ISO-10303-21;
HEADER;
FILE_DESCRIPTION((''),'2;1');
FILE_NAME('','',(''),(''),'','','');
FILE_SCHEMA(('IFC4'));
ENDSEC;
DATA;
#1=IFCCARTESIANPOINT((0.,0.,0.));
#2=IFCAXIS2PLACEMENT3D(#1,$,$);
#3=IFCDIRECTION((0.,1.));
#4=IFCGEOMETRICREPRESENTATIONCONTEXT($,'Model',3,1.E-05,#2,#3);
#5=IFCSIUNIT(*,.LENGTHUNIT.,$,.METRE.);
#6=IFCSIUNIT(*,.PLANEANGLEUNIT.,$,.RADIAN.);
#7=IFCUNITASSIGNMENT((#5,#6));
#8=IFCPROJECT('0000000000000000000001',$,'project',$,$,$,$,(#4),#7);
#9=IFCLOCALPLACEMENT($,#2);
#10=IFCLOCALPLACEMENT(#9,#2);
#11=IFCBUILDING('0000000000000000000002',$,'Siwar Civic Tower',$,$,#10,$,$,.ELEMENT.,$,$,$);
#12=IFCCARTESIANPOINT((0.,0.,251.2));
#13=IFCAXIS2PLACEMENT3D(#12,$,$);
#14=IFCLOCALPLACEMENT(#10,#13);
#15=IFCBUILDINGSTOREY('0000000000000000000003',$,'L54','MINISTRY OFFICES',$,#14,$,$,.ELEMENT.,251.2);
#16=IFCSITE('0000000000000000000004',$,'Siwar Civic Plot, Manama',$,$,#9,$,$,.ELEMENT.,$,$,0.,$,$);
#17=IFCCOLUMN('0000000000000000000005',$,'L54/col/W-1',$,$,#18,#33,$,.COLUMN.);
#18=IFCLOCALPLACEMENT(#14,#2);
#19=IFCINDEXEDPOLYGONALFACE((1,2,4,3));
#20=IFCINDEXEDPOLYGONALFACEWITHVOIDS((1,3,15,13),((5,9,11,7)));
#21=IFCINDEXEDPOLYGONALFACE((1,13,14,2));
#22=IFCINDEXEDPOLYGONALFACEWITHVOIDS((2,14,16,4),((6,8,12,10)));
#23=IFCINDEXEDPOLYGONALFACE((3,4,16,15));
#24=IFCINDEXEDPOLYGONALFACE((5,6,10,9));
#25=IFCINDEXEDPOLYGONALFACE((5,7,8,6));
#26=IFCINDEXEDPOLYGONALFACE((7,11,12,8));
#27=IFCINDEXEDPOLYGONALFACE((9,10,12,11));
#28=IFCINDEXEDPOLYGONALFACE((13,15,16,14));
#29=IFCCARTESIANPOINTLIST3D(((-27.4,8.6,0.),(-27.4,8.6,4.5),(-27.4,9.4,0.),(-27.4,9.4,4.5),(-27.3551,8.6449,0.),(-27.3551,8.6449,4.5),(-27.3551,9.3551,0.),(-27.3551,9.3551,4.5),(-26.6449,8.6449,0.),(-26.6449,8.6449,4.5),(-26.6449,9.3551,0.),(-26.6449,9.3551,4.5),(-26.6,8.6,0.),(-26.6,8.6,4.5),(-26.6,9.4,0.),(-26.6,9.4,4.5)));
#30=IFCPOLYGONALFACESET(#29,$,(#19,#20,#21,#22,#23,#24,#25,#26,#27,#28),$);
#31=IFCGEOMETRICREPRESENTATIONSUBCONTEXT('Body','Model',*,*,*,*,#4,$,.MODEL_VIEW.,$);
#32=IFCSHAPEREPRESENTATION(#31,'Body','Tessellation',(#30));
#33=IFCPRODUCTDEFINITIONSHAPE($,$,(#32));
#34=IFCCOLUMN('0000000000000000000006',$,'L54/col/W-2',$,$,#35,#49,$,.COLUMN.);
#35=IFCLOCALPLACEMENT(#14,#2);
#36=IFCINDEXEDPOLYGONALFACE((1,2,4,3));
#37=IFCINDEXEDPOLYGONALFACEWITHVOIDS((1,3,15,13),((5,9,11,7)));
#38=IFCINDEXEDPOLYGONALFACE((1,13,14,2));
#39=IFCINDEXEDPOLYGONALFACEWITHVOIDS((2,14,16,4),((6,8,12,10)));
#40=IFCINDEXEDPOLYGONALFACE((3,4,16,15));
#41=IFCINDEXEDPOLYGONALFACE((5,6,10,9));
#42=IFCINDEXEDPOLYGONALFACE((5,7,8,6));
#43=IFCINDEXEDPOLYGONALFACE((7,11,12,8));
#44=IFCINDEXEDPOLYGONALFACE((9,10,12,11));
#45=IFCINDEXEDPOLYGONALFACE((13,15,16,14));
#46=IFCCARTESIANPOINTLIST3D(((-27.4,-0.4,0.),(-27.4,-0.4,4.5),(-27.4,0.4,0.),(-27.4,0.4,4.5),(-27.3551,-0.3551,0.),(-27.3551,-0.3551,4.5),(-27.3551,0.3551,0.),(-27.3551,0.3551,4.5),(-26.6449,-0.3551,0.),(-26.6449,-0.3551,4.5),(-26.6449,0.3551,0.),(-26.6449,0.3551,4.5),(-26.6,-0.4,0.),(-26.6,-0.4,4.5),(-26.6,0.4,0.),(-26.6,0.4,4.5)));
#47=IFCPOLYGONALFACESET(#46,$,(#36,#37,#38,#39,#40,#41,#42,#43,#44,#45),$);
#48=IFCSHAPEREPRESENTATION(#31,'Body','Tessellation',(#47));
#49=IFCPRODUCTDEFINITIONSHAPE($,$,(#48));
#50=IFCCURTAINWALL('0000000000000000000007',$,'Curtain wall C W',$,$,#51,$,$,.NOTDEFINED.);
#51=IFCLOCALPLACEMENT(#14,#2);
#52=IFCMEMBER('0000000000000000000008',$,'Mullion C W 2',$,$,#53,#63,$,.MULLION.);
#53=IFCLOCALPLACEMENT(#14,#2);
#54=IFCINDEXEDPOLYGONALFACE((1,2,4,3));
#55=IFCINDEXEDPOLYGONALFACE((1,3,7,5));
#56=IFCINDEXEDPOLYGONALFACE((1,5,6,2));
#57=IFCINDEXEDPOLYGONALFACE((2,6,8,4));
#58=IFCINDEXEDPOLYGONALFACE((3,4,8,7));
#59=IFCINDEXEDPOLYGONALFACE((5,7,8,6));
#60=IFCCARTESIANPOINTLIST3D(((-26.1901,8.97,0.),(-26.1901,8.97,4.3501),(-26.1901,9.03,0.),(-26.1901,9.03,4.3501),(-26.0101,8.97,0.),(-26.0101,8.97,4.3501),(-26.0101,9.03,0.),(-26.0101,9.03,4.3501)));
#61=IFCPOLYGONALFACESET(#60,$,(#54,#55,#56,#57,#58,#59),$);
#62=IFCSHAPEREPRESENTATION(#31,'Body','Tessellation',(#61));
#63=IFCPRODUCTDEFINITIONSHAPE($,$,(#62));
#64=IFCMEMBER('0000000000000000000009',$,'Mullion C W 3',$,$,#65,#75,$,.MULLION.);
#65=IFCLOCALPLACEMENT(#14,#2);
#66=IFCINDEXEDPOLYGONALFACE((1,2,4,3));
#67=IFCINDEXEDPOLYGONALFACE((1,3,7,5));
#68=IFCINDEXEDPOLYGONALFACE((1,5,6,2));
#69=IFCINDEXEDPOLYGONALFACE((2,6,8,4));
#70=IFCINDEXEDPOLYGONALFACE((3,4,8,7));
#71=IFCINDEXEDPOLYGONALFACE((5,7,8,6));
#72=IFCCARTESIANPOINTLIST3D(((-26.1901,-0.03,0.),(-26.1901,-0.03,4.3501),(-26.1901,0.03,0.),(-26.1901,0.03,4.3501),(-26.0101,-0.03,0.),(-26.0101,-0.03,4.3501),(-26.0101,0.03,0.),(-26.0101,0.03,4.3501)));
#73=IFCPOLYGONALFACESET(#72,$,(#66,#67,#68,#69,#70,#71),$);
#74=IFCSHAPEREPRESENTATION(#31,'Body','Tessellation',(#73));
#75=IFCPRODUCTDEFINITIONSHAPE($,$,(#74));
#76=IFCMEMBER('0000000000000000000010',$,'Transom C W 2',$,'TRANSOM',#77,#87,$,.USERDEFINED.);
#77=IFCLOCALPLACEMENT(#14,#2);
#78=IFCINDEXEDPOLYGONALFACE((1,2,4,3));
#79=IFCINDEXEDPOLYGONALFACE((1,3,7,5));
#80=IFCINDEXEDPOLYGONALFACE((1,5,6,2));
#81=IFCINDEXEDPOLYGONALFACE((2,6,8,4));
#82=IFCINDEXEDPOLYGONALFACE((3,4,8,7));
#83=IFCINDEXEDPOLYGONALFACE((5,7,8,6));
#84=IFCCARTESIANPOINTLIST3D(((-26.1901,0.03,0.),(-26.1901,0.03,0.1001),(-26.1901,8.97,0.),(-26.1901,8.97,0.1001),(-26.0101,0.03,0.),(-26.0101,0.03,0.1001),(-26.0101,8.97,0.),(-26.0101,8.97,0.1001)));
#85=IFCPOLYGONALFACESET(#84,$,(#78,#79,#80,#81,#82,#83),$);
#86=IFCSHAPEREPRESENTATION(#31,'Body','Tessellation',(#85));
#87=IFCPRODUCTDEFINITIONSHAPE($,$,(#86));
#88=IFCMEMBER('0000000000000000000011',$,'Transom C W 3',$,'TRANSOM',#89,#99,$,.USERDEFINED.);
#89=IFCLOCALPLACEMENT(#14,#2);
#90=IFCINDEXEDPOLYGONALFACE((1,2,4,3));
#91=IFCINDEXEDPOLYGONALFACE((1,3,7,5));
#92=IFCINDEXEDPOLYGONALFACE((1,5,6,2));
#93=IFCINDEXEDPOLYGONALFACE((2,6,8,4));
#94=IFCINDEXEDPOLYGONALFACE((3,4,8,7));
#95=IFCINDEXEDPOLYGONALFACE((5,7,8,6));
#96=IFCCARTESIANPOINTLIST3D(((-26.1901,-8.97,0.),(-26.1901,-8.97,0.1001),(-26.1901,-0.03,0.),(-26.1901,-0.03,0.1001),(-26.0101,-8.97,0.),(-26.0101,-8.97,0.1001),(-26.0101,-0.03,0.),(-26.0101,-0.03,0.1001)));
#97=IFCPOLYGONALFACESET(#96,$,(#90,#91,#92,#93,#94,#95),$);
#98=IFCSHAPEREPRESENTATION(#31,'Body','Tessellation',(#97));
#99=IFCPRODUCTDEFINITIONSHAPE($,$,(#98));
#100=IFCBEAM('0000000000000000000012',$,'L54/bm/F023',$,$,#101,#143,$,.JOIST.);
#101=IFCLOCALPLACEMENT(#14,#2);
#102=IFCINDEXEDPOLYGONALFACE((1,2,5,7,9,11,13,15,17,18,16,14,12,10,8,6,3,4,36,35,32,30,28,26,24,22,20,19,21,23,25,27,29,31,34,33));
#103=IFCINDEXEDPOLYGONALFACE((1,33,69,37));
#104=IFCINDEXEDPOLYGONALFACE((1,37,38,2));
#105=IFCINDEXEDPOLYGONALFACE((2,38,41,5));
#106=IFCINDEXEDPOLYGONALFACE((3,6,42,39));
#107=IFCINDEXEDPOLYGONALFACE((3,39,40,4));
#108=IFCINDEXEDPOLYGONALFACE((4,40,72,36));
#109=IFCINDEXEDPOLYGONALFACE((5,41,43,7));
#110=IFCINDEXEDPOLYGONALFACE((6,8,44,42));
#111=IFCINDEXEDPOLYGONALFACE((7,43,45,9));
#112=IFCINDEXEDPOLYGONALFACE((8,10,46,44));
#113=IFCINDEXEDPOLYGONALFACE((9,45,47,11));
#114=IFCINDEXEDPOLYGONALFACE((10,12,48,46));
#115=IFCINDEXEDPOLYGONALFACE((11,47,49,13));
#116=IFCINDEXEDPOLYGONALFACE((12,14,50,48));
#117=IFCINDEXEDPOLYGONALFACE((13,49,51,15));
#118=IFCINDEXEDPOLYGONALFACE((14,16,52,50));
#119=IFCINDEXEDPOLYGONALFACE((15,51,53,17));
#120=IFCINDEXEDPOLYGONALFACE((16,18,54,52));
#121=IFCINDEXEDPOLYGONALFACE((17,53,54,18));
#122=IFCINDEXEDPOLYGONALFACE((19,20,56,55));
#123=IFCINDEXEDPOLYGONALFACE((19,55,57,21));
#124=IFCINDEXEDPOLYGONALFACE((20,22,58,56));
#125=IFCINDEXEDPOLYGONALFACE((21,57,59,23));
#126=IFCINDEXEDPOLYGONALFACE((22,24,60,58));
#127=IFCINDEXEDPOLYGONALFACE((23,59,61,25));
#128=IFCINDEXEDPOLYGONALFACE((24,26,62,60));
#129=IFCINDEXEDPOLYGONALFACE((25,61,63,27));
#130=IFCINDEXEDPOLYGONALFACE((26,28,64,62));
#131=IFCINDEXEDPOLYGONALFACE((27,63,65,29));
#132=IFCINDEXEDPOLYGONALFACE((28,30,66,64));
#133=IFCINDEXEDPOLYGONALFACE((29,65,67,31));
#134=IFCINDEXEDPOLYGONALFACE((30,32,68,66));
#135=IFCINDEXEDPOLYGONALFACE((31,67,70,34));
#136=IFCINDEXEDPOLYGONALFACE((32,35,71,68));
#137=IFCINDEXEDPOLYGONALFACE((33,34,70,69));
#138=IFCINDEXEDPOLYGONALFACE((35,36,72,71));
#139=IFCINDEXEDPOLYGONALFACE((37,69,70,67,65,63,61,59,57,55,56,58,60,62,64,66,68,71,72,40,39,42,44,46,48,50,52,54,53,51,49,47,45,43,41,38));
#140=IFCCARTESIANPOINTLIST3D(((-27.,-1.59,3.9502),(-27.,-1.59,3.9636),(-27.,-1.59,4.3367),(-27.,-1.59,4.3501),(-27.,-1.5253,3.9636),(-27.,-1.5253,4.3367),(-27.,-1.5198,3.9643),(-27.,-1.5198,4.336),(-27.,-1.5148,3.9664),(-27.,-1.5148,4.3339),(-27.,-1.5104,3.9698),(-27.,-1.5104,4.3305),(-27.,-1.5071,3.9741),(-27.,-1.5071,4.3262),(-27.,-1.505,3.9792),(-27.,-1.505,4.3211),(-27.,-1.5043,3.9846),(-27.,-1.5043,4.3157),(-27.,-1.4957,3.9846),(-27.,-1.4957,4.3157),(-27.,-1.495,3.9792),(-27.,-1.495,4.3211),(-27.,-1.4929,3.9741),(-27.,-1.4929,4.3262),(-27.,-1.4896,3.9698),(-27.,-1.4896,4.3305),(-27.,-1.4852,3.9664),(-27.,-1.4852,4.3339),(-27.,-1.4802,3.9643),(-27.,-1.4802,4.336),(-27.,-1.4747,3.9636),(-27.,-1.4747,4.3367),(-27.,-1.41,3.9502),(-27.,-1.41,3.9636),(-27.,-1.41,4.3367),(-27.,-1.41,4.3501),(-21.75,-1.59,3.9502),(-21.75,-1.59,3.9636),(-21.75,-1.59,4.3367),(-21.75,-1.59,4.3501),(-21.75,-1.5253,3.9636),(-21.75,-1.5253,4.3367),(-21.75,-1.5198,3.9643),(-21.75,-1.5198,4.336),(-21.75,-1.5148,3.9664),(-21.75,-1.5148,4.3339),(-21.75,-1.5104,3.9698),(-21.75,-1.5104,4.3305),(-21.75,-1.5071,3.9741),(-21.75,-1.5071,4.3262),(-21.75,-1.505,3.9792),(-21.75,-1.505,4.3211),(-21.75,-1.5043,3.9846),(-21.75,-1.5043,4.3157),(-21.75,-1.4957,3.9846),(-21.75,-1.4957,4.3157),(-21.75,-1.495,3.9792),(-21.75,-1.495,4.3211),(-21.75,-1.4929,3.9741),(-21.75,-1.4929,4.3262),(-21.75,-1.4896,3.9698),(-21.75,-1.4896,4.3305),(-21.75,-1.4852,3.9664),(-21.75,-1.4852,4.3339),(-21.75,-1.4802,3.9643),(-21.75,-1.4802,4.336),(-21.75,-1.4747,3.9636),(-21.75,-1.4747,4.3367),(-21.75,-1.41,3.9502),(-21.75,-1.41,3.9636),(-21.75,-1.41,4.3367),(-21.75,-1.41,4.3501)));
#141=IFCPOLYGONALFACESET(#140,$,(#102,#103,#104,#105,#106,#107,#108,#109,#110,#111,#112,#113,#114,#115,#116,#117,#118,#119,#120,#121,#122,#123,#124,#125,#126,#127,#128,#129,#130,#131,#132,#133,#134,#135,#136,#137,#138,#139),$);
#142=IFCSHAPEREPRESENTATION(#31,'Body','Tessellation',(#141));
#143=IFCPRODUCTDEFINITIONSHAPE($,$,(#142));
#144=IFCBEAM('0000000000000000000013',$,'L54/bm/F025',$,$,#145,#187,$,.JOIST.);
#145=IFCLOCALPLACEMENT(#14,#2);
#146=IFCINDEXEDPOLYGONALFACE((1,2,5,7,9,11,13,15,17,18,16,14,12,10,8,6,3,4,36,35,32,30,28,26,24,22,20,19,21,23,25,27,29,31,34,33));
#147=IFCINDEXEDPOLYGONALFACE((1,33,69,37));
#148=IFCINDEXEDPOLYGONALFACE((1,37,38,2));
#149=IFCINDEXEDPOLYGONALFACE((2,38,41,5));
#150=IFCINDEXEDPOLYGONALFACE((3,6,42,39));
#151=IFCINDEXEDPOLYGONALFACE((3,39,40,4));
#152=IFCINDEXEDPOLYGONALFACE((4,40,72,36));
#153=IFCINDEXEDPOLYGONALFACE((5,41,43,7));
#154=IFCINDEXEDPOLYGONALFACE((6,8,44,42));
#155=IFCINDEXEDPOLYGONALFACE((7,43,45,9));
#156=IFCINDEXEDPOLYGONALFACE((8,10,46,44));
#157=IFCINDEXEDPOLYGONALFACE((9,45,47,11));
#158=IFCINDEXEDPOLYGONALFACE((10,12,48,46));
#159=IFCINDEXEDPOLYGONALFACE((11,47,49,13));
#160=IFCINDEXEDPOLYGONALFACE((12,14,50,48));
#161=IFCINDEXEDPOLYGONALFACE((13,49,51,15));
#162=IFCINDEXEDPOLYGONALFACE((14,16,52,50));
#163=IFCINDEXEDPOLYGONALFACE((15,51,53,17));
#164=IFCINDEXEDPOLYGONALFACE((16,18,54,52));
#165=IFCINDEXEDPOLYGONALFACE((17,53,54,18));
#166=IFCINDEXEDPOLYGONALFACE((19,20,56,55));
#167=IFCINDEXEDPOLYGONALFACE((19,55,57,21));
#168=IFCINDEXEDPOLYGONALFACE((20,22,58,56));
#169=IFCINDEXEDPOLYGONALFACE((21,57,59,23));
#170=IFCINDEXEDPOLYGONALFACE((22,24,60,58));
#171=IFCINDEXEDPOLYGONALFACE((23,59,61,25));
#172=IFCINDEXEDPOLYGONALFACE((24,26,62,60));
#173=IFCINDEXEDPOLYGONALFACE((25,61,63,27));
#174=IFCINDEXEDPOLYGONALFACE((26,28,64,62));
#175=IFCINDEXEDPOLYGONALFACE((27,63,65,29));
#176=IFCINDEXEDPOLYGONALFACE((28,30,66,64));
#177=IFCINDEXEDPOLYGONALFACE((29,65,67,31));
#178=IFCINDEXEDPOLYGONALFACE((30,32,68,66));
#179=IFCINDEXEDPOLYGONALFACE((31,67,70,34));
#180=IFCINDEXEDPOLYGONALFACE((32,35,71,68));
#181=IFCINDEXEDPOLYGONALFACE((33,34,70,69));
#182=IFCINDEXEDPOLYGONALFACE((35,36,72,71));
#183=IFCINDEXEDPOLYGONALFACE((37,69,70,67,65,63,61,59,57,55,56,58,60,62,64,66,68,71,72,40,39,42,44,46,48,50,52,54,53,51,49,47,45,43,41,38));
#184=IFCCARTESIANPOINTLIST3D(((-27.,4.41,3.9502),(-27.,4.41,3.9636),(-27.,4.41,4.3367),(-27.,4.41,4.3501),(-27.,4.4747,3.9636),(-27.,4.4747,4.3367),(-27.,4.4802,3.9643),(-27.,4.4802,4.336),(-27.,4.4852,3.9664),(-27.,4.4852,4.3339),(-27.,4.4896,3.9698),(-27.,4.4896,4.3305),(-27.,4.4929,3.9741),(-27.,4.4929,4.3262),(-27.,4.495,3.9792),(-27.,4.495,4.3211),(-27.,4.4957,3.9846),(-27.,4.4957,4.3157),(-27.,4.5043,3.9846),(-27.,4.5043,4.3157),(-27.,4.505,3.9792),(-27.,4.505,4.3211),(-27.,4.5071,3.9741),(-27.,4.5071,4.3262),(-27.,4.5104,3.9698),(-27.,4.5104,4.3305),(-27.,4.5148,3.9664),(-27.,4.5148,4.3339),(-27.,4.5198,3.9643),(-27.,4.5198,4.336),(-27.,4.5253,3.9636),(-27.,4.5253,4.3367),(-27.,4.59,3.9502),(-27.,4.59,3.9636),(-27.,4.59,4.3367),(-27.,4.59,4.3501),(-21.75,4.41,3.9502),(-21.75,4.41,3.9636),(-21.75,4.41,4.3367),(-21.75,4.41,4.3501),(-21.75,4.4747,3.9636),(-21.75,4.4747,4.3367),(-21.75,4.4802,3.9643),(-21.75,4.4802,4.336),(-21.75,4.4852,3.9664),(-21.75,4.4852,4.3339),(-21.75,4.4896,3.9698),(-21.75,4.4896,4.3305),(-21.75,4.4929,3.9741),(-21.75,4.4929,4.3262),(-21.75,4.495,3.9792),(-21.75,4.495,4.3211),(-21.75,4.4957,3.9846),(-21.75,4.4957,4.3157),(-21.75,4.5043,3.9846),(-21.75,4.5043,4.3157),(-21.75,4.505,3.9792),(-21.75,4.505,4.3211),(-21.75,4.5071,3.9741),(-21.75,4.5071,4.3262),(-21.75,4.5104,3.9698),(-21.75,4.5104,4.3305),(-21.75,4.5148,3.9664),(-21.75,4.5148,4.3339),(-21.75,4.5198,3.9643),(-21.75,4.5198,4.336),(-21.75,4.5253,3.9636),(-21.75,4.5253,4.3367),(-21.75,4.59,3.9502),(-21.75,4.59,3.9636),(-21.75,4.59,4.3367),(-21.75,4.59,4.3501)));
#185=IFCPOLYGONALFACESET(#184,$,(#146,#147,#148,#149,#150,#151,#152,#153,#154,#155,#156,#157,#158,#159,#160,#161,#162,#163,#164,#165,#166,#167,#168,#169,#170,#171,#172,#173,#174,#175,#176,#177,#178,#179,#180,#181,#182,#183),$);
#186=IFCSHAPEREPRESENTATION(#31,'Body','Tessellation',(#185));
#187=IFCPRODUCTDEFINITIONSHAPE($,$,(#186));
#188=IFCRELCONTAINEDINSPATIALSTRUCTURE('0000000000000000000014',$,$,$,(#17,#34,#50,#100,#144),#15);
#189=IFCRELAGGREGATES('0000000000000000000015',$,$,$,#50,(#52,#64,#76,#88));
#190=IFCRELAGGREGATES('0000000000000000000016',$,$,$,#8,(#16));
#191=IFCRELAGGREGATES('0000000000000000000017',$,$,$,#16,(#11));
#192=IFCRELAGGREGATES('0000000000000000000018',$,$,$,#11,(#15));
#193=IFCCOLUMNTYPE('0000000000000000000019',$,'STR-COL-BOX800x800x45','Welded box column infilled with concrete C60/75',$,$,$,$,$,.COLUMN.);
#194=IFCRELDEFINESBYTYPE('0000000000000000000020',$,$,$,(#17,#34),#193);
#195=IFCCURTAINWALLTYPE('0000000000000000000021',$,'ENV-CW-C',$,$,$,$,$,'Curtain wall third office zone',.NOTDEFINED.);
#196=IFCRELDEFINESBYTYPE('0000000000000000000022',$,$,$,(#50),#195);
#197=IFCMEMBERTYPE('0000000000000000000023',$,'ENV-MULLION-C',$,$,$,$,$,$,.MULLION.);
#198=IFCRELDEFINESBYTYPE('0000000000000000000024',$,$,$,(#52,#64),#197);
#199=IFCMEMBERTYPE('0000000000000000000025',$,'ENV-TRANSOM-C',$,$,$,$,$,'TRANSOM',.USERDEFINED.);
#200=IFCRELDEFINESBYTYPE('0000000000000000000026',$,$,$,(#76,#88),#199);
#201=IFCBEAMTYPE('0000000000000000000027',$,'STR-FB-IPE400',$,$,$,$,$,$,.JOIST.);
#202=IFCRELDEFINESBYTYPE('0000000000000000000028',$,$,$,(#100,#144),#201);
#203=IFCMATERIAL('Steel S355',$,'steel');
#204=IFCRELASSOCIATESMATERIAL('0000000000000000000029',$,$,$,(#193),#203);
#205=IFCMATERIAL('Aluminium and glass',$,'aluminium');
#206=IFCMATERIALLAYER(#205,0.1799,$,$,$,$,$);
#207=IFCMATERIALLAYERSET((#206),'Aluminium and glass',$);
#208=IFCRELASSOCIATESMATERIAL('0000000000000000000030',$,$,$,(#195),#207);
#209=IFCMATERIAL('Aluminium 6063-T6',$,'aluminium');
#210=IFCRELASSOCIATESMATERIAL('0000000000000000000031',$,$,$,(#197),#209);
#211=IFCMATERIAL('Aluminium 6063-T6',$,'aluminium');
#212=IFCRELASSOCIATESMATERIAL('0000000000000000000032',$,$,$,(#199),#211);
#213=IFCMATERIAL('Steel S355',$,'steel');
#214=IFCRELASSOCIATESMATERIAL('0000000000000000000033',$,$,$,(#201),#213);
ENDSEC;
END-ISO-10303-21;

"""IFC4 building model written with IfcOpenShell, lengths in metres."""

from ifc_helpers import new_model, si_unit, direction, frame, origin, origin_2d, place, context, subcontext, project, spatial, rectangle, hollow_rectangle, i_section, extrude, material, layer, layer_set, material_profile, profile_set, type_object, element, aggregate, save


model = new_model("IFC4")

# Units and contexts
model_context = context("Model", 3, precision=1e-05, world=origin(), true_north=direction((0.0, 1.0)))
body_context = subcontext(model_context, "Body", "Model", "MODEL_VIEW")
ifc_project = project(units=[si_unit("LENGTHUNIT", "METRE"), si_unit("PLANEANGLEUNIT", "RADIAN")], contexts=[model_context])

# Site, building, storey
site_placement = place(None, origin())
site = spatial("IfcSite", under=ifc_project, at=site_placement, Name="Siwar Civic Plot, Manama", CompositionType="ELEMENT", RefElevation=0.0)
building_placement = place(site_placement, origin())
building = spatial("IfcBuilding", under=site, at=building_placement, Name="Siwar Civic Tower", CompositionType="ELEMENT")
storey_placement = place(building_placement, frame((0.0, 0.0, 251.2)))
storey = spatial("IfcBuildingStorey", under=building, at=storey_placement, Name="L54", Description="MINISTRY OFFICES", CompositionType="ELEMENT", Elevation=251.2)

# Columns
ifc_material_1 = material(Name="Steel S355", Category="steel")
ifc_material_profile_1 = material_profile(ifc_material_1, hollow_rectangle(XDim=0.8, YDim=0.8, WallThickness=0.0449, at=origin_2d()), Name="BOX800x800x45")
ifc_profile_set_1 = profile_set([ifc_material_profile_1], Name="Steel S355")
column_type = type_object("IfcColumnType", Name="STR-COL-BOX800x800x45", Description="Welded box column infilled with concrete C60/75", PredefinedType="COLUMN", material=ifc_profile_set_1)
for number, where, z_axis, x_axis, name in (
    (1, (-27.0, 9.0, 0.0), (0.0, 0.0, 1.0), (1.0, 0.0, 0.0), "L54/col/W-1"),
    (2, (-27.0, 0.0, 0.0), (0.0, 0.0, 1.0), (1.0, 0.0, 0.0), "L54/col/W-2"),
):
    element("IfcColumn", number, at=place(storey_placement, frame(where, z_axis=z_axis, x_axis=x_axis)), inside=storey, type_object=column_type, Name=name, PredefinedType="COLUMN", context=body_context, shape_type="SweptSolid", body=[
        extrude(hollow_rectangle(XDim=0.8, YDim=0.8, WallThickness=0.0449, at=origin_2d()), origin(), (0.0, 0.0, 1.0), 4.5),
    ])

# Curtain wall, members
ifc_material_2 = material(Name="Aluminium and glass", Category="aluminium")
ifc_layer_1 = layer(ifc_material_2, 0.1799)
ifc_layer_set_1 = layer_set([ifc_layer_1], Name="Aluminium and glass")
curtain_wall_type = type_object("IfcCurtainWallType", Name="ENV-CW-C", ElementType="Curtain wall third office zone", PredefinedType="NOTDEFINED", material=ifc_layer_set_1)
curtain_wall_placement = place(storey_placement, origin())
curtain_wall = element("IfcCurtainWall", 3, at=curtain_wall_placement, inside=storey, type_object=curtain_wall_type, Name="Curtain wall C W", PredefinedType="NOTDEFINED")
ifc_material_3 = material(Name="Aluminium 6063-T6", Category="aluminium")
ifc_material_profile_2 = material_profile(ifc_material_3, rectangle(XDim=0.1799, YDim=0.0601, at=origin_2d()), Name="AL 180x60")
ifc_profile_set_2 = profile_set([ifc_material_profile_2], Name="Aluminium 6063-T6")
member_type_1 = type_object("IfcMemberType", Name="ENV-MULLION-C", PredefinedType="MULLION", material=ifc_profile_set_2)
member_1_placement = place(storey_placement, frame((-26.1001, 9.0, 0.0), z_axis=(0.0, 0.0, 1.0), x_axis=(1.0, 0.0, 0.0)))
member_1 = element("IfcMember", 4, at=member_1_placement, type_object=member_type_1, Name="Mullion C W 2", PredefinedType="MULLION", context=body_context, shape_type="SweptSolid", body=[
    extrude(rectangle(XDim=0.1799, YDim=0.0601, at=origin_2d()), origin(), (0.0, 0.0, 1.0), 4.3501),
])
member_2_placement = place(storey_placement, frame((-26.1001, 0.0, 0.0), z_axis=(0.0, 0.0, 1.0), x_axis=(1.0, 0.0, 0.0)))
member_2 = element("IfcMember", 5, at=member_2_placement, type_object=member_type_1, Name="Mullion C W 3", PredefinedType="MULLION", context=body_context, shape_type="SweptSolid", body=[
    extrude(rectangle(XDim=0.1799, YDim=0.0601, at=origin_2d()), origin(), (0.0, 0.0, 1.0), 4.3501),
])
ifc_material_4 = material(Name="Aluminium 6063-T6", Category="aluminium")
ifc_material_profile_3 = material_profile(ifc_material_4, rectangle(XDim=0.1799, YDim=0.1001, at=origin_2d()), Name="AL 180x100")
ifc_profile_set_3 = profile_set([ifc_material_profile_3], Name="Aluminium 6063-T6")
member_type_2 = type_object("IfcMemberType", Name="ENV-TRANSOM-C", ElementType="TRANSOM", PredefinedType="USERDEFINED", material=ifc_profile_set_3)
member_3_placement = place(storey_placement, frame((-26.1001, 8.97, 0.05), z_axis=(0.0, -1.0, 0.0), x_axis=(1.0, 0.0, 0.0)))
member_3 = element("IfcMember", 6, at=member_3_placement, type_object=member_type_2, Name="Transom C W 2", ObjectType="TRANSOM", PredefinedType="USERDEFINED", context=body_context, shape_type="SweptSolid", body=[
    extrude(rectangle(XDim=0.1799, YDim=0.1001, at=origin_2d()), origin(), (0.0, 0.0, 1.0), 8.9399),
])
member_4_placement = place(storey_placement, frame((-26.1001, -0.03, 0.05), z_axis=(0.0, -1.0, 0.0), x_axis=(1.0, 0.0, 0.0)))
member_4 = element("IfcMember", 7, at=member_4_placement, type_object=member_type_2, Name="Transom C W 3", ObjectType="TRANSOM", PredefinedType="USERDEFINED", context=body_context, shape_type="SweptSolid", body=[
    extrude(rectangle(XDim=0.1799, YDim=0.1001, at=origin_2d()), origin(), (0.0, 0.0, 1.0), 8.9399),
])

# Beams
ifc_material_5 = material(Name="Steel S355", Category="steel")
ifc_material_profile_4 = material_profile(ifc_material_5, i_section(OverallWidth=0.1799, OverallDepth=0.3999, WebThickness=0.0085, FlangeThickness=0.0134, FilletRadius=0.021, at=origin_2d()), Name="IPE400")
ifc_profile_set_4 = profile_set([ifc_material_profile_4], Name="Steel S355")
beam_type_1 = type_object("IfcBeamType", Name="STR-FB-IPE400", PredefinedType="JOIST", material=ifc_profile_set_4)
for number, where, z_axis, x_axis, name in (
    (8, (-27.0, -1.5, 4.1501), (1.0, 0.0, 0.0), (0.0, 1.0, 0.0), "L54/bm/F023"),
    (9, (-27.0, 4.5, 4.1501), (1.0, 0.0, 0.0), (0.0, 1.0, 0.0), "L54/bm/F025"),
):
    element("IfcBeam", number, at=place(storey_placement, frame(where, z_axis=z_axis, x_axis=x_axis)), inside=storey, type_object=beam_type_1, Name=name, PredefinedType="JOIST", context=body_context, shape_type="SweptSolid", body=[
        extrude(i_section(OverallWidth=0.1799, OverallDepth=0.3999, WebThickness=0.0085, FlangeThickness=0.0134, FilletRadius=0.021, at=origin_2d()), origin(), (0.0, 0.0, 1.0), 5.25),
    ])

aggregate(curtain_wall, [member_1, member_2, member_3, member_4])

save(model, "model.ifc")
